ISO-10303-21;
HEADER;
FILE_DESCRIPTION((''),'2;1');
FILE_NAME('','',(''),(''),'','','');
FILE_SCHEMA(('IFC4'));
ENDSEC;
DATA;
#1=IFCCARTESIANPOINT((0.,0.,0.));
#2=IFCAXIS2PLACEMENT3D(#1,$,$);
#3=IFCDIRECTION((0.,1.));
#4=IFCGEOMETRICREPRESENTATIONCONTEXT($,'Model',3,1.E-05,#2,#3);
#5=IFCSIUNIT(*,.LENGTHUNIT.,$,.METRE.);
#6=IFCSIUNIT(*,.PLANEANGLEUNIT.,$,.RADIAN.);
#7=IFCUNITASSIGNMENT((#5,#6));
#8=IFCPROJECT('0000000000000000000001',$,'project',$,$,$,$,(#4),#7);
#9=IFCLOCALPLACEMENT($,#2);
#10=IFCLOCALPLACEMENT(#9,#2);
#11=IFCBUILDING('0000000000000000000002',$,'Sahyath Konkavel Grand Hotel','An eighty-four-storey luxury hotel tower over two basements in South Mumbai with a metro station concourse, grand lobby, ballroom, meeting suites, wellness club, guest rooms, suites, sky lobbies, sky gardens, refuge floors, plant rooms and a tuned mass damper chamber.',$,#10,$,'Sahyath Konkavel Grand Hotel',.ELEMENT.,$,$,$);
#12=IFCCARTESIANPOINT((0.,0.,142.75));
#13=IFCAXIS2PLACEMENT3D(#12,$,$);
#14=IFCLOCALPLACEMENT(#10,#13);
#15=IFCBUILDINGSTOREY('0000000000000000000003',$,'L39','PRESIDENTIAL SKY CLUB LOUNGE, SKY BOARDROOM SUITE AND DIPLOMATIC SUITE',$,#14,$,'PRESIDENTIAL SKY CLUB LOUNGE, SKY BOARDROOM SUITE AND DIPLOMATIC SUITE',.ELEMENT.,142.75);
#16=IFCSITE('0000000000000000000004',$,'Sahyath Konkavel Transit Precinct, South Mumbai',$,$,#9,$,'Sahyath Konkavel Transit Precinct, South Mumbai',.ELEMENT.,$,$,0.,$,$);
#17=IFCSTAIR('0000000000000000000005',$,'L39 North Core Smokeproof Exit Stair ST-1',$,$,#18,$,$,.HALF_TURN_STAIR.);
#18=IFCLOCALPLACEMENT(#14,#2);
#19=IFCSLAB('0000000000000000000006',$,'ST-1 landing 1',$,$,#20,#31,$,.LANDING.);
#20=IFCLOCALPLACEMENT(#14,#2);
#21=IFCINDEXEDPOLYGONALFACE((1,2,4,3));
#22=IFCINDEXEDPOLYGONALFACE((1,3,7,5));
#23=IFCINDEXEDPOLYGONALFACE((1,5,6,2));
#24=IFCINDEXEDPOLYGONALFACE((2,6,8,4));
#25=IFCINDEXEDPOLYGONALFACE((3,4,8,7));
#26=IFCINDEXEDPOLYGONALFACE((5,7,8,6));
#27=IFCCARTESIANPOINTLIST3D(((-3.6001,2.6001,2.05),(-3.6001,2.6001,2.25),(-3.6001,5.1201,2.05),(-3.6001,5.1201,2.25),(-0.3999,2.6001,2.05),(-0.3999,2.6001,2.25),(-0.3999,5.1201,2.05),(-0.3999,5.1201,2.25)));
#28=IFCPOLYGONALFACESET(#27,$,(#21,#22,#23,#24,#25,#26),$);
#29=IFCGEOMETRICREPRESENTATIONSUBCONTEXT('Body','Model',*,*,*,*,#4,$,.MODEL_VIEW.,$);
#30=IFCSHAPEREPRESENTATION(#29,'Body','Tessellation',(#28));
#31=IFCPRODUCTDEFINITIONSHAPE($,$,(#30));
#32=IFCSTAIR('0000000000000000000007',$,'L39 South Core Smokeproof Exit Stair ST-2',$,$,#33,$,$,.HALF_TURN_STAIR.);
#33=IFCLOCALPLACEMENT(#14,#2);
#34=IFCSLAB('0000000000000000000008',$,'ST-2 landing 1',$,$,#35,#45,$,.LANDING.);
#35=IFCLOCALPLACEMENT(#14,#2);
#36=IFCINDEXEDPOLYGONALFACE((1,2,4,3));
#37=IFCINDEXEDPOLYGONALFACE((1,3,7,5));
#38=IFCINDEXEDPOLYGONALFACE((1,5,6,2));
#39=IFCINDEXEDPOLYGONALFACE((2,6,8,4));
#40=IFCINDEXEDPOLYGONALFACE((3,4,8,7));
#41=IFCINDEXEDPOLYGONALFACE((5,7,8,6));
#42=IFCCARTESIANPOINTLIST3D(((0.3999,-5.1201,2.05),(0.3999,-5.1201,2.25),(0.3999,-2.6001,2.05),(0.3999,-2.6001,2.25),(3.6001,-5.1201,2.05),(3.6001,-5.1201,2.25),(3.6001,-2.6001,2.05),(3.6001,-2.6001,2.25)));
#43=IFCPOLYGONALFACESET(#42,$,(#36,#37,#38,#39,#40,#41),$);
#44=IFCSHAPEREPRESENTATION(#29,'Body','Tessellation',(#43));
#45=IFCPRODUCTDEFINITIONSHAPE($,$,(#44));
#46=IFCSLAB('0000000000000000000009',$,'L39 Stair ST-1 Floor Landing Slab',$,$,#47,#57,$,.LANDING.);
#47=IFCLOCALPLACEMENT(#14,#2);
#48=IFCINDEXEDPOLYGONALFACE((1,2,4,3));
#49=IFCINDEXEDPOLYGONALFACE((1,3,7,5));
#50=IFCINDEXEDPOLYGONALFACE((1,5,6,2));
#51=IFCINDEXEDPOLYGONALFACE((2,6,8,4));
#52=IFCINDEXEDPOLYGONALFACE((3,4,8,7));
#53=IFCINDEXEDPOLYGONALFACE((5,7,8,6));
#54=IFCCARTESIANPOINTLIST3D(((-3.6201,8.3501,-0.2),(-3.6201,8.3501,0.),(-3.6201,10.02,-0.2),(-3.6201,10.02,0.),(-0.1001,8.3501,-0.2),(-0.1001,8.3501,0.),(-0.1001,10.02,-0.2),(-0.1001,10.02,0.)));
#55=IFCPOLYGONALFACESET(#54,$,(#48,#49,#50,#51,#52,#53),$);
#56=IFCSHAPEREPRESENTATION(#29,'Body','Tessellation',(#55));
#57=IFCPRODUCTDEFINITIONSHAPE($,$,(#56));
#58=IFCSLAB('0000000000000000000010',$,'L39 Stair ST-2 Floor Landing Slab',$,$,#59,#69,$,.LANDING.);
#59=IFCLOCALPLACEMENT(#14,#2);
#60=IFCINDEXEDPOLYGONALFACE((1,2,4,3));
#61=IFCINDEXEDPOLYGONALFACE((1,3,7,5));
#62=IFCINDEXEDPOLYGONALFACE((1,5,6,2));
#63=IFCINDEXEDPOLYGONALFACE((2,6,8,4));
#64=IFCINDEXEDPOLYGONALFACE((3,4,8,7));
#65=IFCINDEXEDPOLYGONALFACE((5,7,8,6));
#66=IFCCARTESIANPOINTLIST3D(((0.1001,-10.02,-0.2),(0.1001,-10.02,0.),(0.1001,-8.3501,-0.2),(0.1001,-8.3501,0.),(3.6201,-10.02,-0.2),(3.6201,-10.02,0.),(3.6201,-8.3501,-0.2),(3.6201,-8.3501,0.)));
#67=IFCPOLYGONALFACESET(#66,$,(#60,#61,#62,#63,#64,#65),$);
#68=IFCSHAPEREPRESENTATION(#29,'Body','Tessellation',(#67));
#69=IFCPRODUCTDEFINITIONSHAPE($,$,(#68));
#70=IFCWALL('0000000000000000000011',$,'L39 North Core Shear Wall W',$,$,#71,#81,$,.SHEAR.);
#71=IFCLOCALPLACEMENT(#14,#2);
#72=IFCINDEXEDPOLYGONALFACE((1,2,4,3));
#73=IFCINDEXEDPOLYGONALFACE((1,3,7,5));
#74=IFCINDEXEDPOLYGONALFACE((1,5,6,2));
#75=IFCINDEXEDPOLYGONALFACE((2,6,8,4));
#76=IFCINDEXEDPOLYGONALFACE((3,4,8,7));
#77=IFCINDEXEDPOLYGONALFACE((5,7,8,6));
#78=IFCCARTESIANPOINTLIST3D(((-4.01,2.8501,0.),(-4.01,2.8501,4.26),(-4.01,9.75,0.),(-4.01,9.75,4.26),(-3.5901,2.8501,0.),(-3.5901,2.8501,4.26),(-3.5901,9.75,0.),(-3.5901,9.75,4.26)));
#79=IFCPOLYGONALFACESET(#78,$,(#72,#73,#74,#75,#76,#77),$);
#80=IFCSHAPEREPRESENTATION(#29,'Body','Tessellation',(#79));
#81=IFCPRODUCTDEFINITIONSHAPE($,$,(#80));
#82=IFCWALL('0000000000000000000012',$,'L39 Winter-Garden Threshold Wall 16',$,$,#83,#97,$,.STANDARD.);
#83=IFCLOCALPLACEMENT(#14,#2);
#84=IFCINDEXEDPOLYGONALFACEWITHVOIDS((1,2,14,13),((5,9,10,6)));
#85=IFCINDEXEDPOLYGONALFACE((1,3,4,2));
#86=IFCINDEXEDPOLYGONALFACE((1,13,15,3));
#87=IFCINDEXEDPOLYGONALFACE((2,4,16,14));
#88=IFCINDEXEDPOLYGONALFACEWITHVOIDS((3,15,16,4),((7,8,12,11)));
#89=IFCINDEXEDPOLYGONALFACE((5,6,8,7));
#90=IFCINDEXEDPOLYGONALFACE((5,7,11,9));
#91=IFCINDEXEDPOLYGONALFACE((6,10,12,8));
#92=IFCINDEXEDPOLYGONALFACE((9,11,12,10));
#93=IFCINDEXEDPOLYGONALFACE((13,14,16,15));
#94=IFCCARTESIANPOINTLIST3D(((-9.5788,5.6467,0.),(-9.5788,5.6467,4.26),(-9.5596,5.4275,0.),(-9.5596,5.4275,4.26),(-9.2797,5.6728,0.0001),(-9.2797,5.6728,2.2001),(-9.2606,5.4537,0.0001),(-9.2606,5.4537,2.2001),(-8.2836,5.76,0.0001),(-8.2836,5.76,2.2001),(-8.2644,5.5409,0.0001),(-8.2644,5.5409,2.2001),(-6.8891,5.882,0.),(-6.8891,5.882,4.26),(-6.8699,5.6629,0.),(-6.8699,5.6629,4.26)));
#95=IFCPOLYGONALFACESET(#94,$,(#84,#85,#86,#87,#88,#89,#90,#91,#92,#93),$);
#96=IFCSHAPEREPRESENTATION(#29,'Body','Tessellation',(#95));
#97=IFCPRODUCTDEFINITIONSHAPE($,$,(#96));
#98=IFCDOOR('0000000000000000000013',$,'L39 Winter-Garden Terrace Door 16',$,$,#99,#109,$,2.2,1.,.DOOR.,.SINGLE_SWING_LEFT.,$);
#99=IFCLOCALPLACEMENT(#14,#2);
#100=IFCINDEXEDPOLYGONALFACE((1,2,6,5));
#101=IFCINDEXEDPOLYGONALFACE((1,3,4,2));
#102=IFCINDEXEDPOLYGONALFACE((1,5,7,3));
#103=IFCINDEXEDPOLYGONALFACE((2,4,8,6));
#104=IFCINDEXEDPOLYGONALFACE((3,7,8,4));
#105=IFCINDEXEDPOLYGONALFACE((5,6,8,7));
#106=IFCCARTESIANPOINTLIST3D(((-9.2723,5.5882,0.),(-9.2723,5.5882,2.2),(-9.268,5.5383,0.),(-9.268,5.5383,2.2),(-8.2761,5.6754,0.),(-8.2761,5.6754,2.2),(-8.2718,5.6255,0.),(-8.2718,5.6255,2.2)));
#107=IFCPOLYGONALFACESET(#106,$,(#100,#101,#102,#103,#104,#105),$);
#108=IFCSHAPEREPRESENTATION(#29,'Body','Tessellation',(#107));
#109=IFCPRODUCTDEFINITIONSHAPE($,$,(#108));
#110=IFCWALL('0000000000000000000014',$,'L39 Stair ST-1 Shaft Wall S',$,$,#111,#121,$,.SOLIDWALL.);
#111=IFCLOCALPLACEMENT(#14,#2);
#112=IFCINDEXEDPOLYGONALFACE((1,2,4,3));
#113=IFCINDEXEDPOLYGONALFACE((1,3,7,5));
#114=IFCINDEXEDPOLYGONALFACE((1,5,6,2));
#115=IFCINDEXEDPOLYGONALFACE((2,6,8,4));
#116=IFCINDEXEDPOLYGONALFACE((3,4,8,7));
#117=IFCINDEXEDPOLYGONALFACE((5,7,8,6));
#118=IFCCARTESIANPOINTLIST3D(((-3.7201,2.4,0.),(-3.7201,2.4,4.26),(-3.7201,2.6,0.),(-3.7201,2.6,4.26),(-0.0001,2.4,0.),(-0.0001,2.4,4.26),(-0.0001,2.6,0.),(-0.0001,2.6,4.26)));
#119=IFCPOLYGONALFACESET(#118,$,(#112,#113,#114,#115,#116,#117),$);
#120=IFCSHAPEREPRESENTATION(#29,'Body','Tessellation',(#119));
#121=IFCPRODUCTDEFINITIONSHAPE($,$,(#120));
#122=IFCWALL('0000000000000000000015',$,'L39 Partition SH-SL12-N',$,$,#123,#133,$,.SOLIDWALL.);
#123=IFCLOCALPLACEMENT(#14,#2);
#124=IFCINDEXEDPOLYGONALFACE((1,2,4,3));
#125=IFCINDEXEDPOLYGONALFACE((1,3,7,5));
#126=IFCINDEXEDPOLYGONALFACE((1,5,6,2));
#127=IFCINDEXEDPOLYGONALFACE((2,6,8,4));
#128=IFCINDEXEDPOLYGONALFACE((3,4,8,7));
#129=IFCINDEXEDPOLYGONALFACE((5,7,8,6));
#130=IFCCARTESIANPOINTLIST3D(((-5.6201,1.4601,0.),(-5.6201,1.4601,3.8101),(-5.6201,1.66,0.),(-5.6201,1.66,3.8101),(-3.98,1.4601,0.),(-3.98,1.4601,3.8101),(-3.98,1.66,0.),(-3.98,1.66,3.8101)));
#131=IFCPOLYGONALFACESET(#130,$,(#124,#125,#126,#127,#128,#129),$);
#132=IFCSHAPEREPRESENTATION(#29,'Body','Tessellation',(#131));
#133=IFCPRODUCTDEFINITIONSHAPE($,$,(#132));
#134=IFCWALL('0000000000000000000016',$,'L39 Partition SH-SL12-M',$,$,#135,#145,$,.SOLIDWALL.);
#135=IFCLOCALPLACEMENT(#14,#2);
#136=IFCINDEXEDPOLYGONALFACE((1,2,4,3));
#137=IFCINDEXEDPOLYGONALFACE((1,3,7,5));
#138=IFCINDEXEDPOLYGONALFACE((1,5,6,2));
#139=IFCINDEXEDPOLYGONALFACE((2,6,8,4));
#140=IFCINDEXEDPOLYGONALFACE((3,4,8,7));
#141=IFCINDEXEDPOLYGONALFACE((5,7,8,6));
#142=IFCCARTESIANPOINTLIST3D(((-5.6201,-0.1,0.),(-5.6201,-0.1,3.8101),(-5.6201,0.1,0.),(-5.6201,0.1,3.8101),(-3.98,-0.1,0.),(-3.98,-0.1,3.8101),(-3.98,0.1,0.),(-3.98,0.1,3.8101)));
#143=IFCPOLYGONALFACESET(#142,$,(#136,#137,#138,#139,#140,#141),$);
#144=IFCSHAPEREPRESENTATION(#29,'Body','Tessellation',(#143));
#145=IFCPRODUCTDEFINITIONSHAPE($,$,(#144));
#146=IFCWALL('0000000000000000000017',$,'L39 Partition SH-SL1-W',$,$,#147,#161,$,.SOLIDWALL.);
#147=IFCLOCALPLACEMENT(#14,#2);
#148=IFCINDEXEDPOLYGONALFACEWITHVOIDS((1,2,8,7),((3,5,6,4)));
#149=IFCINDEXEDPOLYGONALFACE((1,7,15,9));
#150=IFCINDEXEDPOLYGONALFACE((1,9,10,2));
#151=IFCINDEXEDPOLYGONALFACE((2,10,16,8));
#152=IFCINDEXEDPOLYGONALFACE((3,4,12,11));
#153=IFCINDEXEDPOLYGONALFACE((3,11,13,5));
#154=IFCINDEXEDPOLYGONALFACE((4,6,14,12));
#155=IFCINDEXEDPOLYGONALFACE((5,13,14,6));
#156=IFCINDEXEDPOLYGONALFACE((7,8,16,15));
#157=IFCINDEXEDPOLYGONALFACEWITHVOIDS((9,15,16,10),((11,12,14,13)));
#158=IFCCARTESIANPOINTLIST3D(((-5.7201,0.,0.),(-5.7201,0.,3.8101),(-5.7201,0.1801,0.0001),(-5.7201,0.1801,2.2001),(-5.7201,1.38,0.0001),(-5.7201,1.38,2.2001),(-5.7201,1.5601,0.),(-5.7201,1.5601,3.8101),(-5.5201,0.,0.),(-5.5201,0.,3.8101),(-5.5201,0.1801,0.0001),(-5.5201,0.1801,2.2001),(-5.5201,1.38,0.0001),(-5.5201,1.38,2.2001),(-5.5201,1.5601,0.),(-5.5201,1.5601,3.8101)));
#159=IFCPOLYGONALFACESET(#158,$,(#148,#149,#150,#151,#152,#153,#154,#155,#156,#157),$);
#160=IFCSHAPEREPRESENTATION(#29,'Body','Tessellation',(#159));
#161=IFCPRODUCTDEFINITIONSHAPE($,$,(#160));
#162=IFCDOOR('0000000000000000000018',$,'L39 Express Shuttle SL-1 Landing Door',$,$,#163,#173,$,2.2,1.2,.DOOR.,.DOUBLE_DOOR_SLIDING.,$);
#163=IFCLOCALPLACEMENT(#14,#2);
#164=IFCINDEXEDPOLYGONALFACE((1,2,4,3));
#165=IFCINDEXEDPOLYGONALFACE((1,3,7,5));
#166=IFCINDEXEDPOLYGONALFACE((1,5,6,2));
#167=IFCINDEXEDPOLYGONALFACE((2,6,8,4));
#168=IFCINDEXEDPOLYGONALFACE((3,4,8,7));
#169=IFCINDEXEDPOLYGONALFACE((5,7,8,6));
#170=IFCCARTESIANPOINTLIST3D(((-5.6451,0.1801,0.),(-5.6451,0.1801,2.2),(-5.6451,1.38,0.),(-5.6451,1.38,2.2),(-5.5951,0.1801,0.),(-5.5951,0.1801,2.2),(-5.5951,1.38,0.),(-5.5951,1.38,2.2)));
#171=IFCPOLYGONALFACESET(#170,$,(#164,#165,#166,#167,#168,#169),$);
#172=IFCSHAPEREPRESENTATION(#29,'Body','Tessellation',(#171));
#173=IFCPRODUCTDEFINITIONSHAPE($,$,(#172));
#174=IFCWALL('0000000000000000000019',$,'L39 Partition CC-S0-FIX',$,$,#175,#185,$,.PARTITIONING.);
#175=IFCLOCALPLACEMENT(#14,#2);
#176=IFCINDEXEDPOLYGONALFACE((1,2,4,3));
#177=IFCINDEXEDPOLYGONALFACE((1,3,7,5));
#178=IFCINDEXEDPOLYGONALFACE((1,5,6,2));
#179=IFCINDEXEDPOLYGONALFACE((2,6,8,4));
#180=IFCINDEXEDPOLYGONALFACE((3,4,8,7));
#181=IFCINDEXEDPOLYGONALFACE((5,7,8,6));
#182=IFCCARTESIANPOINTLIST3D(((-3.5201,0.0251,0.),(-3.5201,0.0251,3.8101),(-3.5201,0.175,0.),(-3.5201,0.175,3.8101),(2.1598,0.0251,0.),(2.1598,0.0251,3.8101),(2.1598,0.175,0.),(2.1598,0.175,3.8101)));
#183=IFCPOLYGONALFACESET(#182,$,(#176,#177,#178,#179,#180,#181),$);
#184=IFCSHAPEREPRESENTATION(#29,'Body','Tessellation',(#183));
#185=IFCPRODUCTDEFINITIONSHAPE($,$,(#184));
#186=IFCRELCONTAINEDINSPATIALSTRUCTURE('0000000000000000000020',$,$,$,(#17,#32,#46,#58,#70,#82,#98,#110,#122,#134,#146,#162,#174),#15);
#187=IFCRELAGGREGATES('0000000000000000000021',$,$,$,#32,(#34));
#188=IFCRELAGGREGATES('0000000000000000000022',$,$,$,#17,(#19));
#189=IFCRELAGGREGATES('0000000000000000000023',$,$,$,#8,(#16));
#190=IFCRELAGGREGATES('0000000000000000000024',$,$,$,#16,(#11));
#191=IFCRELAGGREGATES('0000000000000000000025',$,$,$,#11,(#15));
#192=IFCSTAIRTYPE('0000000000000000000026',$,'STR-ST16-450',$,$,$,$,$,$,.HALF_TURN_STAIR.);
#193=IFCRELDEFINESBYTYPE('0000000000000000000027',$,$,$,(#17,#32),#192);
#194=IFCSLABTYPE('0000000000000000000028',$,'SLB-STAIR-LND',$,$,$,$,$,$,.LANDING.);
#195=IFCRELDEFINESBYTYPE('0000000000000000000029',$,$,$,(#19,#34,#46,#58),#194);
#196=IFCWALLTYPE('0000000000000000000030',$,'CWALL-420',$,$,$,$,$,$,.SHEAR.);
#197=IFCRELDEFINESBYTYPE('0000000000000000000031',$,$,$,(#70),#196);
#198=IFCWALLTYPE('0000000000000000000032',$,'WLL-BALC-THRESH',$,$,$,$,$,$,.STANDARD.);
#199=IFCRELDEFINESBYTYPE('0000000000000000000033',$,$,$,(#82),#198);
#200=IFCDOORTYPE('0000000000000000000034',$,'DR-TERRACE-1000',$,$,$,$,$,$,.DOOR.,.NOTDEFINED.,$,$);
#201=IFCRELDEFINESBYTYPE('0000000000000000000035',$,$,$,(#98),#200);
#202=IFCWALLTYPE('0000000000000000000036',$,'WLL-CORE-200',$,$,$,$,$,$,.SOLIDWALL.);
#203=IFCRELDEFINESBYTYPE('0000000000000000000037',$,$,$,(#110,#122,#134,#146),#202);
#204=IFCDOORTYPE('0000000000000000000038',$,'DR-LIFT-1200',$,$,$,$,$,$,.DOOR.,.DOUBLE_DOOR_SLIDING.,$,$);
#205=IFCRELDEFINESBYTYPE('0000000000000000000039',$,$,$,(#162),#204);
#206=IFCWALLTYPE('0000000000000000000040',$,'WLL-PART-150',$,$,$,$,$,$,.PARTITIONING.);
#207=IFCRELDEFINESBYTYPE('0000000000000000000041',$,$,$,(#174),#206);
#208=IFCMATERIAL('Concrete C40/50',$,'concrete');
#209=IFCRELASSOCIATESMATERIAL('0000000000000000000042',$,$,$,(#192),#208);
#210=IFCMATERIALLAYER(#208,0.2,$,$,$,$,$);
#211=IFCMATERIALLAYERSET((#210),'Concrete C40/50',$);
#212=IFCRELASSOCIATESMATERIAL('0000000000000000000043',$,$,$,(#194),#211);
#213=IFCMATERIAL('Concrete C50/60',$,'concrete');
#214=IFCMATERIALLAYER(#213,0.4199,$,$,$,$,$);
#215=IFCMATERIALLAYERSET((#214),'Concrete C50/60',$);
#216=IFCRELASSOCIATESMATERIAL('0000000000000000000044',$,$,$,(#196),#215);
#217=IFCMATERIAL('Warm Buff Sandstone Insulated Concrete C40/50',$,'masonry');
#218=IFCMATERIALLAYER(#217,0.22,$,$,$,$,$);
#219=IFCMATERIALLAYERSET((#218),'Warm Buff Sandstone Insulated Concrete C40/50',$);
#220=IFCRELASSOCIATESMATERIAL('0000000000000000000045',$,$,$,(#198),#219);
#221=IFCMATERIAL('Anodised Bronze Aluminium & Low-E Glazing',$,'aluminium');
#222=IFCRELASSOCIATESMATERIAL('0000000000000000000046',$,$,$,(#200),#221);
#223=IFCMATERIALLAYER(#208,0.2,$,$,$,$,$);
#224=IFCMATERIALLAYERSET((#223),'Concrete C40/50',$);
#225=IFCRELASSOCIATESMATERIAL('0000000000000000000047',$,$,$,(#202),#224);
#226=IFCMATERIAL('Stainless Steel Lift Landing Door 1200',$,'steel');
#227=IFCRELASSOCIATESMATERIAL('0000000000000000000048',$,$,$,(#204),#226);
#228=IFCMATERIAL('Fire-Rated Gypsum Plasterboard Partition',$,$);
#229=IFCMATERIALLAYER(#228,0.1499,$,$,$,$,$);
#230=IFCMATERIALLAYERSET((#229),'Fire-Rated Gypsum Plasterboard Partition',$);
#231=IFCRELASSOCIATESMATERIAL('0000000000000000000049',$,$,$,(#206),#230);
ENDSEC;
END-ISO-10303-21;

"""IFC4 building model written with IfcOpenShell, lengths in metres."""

from ifc_helpers import new_model, si_unit, direction, frame, frame_2d, origin, origin_2d, place, context, subcontext, project, spatial, polyline, rectangle, outline, extrude, source, transform, mapped, material, layer, layer_set, type_object, element, fill, aggregate, save


model = new_model("IFC4")

# Units and contexts
model_context = context("Model", 3, precision=1e-05, world=origin(), true_north=direction((0.0, 1.0)))
body_context = subcontext(model_context, "Body", "Model", "MODEL_VIEW")
ifc_project = project(units=[si_unit("LENGTHUNIT", "METRE"), si_unit("PLANEANGLEUNIT", "RADIAN")], contexts=[model_context])

# Site, building, storey
site_placement = place(None, origin())
site = spatial("IfcSite", under=ifc_project, at=site_placement, Name="Sahyath Konkavel Transit Precinct, South Mumbai", LongName="Sahyath Konkavel Transit Precinct, South Mumbai", CompositionType="ELEMENT", RefElevation=0.0)
building_placement = place(site_placement, origin())
building = spatial("IfcBuilding", under=site, at=building_placement, Name="Sahyath Konkavel Grand Hotel", Description="An eighty-four-storey luxury hotel tower over two basements in South Mumbai with a metro station concourse, grand lobby, ballroom, meeting suites, wellness club, guest rooms, suites, sky lobbies, sky gardens, refuge floors, plant rooms and a tuned mass damper chamber.", LongName="Sahyath Konkavel Grand Hotel", CompositionType="ELEMENT")
storey_placement = place(building_placement, frame((0.0, 0.0, 142.75)))
storey = spatial("IfcBuildingStorey", under=building, at=storey_placement, Name="L39", Description="PRESIDENTIAL SKY CLUB LOUNGE, SKY BOARDROOM SUITE AND DIPLOMATIC SUITE", LongName="PRESIDENTIAL SKY CLUB LOUNGE, SKY BOARDROOM SUITE AND DIPLOMATIC SUITE", CompositionType="ELEMENT", Elevation=142.75)

# Shared definitions
ifc_material_1 = material(Name="Concrete C50/60", Category="concrete")

# Shared definitions
ifc_material_2 = material(Name="Concrete C40/50", Category="concrete")

# Stairs, slabs
stair_type = type_object("IfcStairType", Name="STR-ST16-450", PredefinedType="HALF_TURN_STAIR", material=ifc_material_2)
stair_1_placement = place(storey_placement, origin())
stair_1 = element("IfcStair", 1, at=stair_1_placement, inside=storey, type_object=stair_type, Name="L39 North Core Smokeproof Exit Stair ST-1", PredefinedType="HALF_TURN_STAIR")
ifc_layer_1 = layer(ifc_material_2, 0.2)
ifc_layer_set_1 = layer_set([ifc_layer_1], Name="Concrete C40/50")
slab_type_1 = type_object("IfcSlabType", Name="SLB-STAIR-LND", PredefinedType="LANDING", material=ifc_layer_set_1)
slab_1_placement = place(storey_placement, frame((0.0, 0.0, 2.05)))
slab_1 = element("IfcSlab", 2, at=slab_1_placement, type_object=slab_type_1, Name="ST-1 landing 1", PredefinedType="LANDING", context=body_context, shape_type="SweptSolid", body=[
    extrude(outline(polyline([(-3.6001, 5.1201), (-3.6001, 2.6001), (-0.3999, 2.6001), (-0.3999, 5.1201), (-3.6001, 5.1201)])), origin(), (0.0, 0.0, 1.0), 0.2),
])
stair_2_placement = place(storey_placement, origin())
stair_2 = element("IfcStair", 3, at=stair_2_placement, inside=storey, type_object=stair_type, Name="L39 South Core Smokeproof Exit Stair ST-2", PredefinedType="HALF_TURN_STAIR")
slab_2_placement = place(storey_placement, frame((0.0, 0.0, 2.05)))
slab_2 = element("IfcSlab", 4, at=slab_2_placement, type_object=slab_type_1, Name="ST-2 landing 1", PredefinedType="LANDING", context=body_context, shape_type="SweptSolid", body=[
    extrude(outline(polyline([(3.6001, -5.1201), (3.6001, -2.6001), (0.3999, -2.6001), (0.3999, -5.1201), (3.6001, -5.1201)])), origin(), (0.0, 0.0, 1.0), 0.2),
])
aggregate(stair_2, [slab_2])

# Slabs
slab_3_placement = place(storey_placement, frame((0.0, 0.0, -0.2)))
element("IfcSlab", 5, at=slab_3_placement, inside=storey, type_object=slab_type_1, Name="L39 Stair ST-1 Floor Landing Slab", PredefinedType="LANDING", context=body_context, shape_type="SweptSolid", body=[
    extrude(outline(polyline([(-3.6201, 8.3501), (-0.1001, 8.3501), (-0.1001, 10.02), (-3.6201, 10.02), (-3.6201, 8.3501)])), origin(), (0.0, 0.0, 1.0), 0.2),
])
slab_4_placement = place(storey_placement, frame((0.0, 0.0, -0.2)))
element("IfcSlab", 6, at=slab_4_placement, inside=storey, type_object=slab_type_1, Name="L39 Stair ST-2 Floor Landing Slab", PredefinedType="LANDING", context=body_context, shape_type="SweptSolid", body=[
    extrude(outline(polyline([(0.1001, -10.02), (3.6201, -10.02), (3.6201, -8.3501), (0.1001, -8.3501), (0.1001, -10.02)])), origin(), (0.0, 0.0, 1.0), 0.2),
])

# Wall
ifc_layer_2 = layer(ifc_material_1, 0.4199)
ifc_layer_set_2 = layer_set([ifc_layer_2], Name="Concrete C50/60")
wall_type_1 = type_object("IfcWallType", Name="CWALL-420", PredefinedType="SHEAR", material=ifc_layer_set_2)
wall_1_placement = place(storey_placement, frame((-3.8, 2.8501, 0.0), z_axis=(0.0, 0.0, 1.0), x_axis=(0.0, 1.0, 0.0)))
element("IfcWall", 7, at=wall_1_placement, inside=storey, type_object=wall_type_1, Name="L39 North Core Shear Wall W", PredefinedType="SHEAR", context=body_context, shape_type="SweptSolid", body=[
    extrude(rectangle(XDim=6.8999, YDim=0.4199, at=frame_2d((3.45, 0.0))), origin(), (0.0, 0.0, 1.0), 4.26),
])

# Wall, opening, door
ifc_material_3 = material(Name="Warm Buff Sandstone Insulated Concrete C40/50", Category="masonry")
ifc_layer_3 = layer(ifc_material_3, 0.22)
ifc_layer_set_3 = layer_set([ifc_layer_3], Name="Warm Buff Sandstone Insulated Concrete C40/50")
wall_type_2 = type_object("IfcWallType", Name="WLL-BALC-THRESH", PredefinedType="STANDARD", material=ifc_layer_set_3)
wall_2_placement = place(storey_placement, frame((-6.8794, 5.7725, 0.0), z_axis=(0.0, 0.0, 1.0), x_axis=(-0.996194, -0.087168, 0.0)))
wall_2 = element("IfcWall", 8, at=wall_2_placement, inside=storey, type_object=wall_type_2, Name="L39 Winter-Garden Threshold Wall 16", PredefinedType="STANDARD", context=body_context, shape_type="SweptSolid", body=[
    extrude(rectangle(XDim=2.7, YDim=0.22, at=frame_2d((1.3501, 0.0))), origin(), (0.0, 0.0, 1.0), 4.26),
])
opening_1_placement = place(wall_2_placement, frame((1.3999, 0.0, 0.0)))
opening_1 = element("IfcOpeningElement", 9, at=opening_1_placement, cuts=wall_2, PredefinedType="OPENING", context=body_context, shape_type="SweptSolid", body=[
    extrude(rectangle(XDim=1.0, YDim=2.2, at=frame_2d((0.5, 1.1001))), frame((0.0, 0.1201, 0.0), z_axis=(0.0, -1.0, 0.0), x_axis=(1.0, 0.0, 0.0)), (0.0, 0.0, 1.0), 0.24),
])
ifc_material_4 = material(Name="Anodised Bronze Aluminium & Low-E Glazing", Category="aluminium")
door_type_1 = type_object("IfcDoorType", Name="DR-TERRACE-1000", OperationType="NOTDEFINED", PredefinedType="DOOR", material=ifc_material_4)
shared_shape_1 = source(origin(), body_context, "Body", "SweptSolid", [
    extrude(rectangle(XDim=1.0, YDim=0.05, at=origin_2d()), origin(), (0.0, 0.0, 1.0), 2.2),
])
door_1_placement = place(opening_1_placement, frame((0.5, 0.0, 0.0)))
door_1 = element("IfcDoor", 10, at=door_1_placement, inside=storey, type_object=door_type_1, Name="L39 Winter-Garden Terrace Door 16", OperationType="SINGLE_SWING_LEFT", OverallHeight=2.2, OverallWidth=1.0, PredefinedType="DOOR", context=body_context, shape_type="MappedRepresentation", body=[
    mapped(shared_shape_1, transform((0.0, 0.0, 0.0), scale=1.0)),
])
fill(opening_1, door_1)

# Walls
ifc_layer_4 = layer(ifc_material_2, 0.2)
ifc_layer_set_4 = layer_set([ifc_layer_4], Name="Concrete C40/50")
wall_type_3 = type_object("IfcWallType", Name="WLL-CORE-200", PredefinedType="SOLIDWALL", material=ifc_layer_set_4)
wall_3_placement = place(storey_placement, frame((-3.72, 2.5, 0.0), z_axis=(0.0, 0.0, 1.0), x_axis=(1.0, 0.0, 0.0)))
element("IfcWall", 11, at=wall_3_placement, inside=storey, type_object=wall_type_3, Name="L39 Stair ST-1 Shaft Wall S", PredefinedType="SOLIDWALL", context=body_context, shape_type="SweptSolid", body=[
    extrude(rectangle(XDim=3.72, YDim=0.2, at=frame_2d((1.8599, 0.0))), origin(), (0.0, 0.0, 1.0), 4.26),
])
for number, where, z_axis, x_axis, name in (
    (12, (-5.6201, 1.5601, 0.0), (0.0, 0.0, 1.0), (1.0, 0.0, 0.0), "L39 Partition SH-SL12-N"),
    (13, (-5.6201, 0.0, 0.0), (0.0, 0.0, 1.0), (1.0, 0.0, 0.0), "L39 Partition SH-SL12-M"),
):
    element("IfcWall", number, at=place(storey_placement, frame(where, z_axis=z_axis, x_axis=x_axis)), inside=storey, type_object=wall_type_3, Name=name, PredefinedType="SOLIDWALL", context=body_context, shape_type="SweptSolid", body=[
        extrude(rectangle(XDim=1.6401, YDim=0.2, at=frame_2d((0.8201, 0.0))), origin(), (0.0, 0.0, 1.0), 3.8101),
    ])

# Wall, opening, door
wall_4_placement = place(storey_placement, frame((-5.6201, 0.0, 0.0), z_axis=(0.0, 0.0, 1.0), x_axis=(0.0, 1.0, 0.0)))
wall_4 = element("IfcWall", 14, at=wall_4_placement, inside=storey, type_object=wall_type_3, Name="L39 Partition SH-SL1-W", PredefinedType="SOLIDWALL", context=body_context, shape_type="SweptSolid", body=[
    extrude(rectangle(XDim=1.5601, YDim=0.2, at=frame_2d((0.78, 0.0))), origin(), (0.0, 0.0, 1.0), 3.8101),
])
opening_2_placement = place(wall_4_placement, frame((0.1799, 0.0, 0.0)))
opening_2 = element("IfcOpeningElement", 15, at=opening_2_placement, cuts=wall_4, PredefinedType="OPENING", context=body_context, shape_type="SweptSolid", body=[
    extrude(rectangle(XDim=1.2, YDim=2.2, at=frame_2d((0.6001, 1.1001))), frame((0.0, 0.1099, 0.0), z_axis=(0.0, -1.0, 0.0), x_axis=(1.0, 0.0, 0.0)), (0.0, 0.0, 1.0), 0.22),
])
ifc_material_5 = material(Name="Stainless Steel Lift Landing Door 1200", Category="steel")
door_type_2 = type_object("IfcDoorType", Name="DR-LIFT-1200", OperationType="DOUBLE_DOOR_SLIDING", PredefinedType="DOOR", material=ifc_material_5)
shared_shape_2 = source(origin(), body_context, "Body", "SweptSolid", [
    extrude(rectangle(XDim=1.2, YDim=0.05, at=origin_2d()), origin(), (0.0, 0.0, 1.0), 2.2),
])
door_2_placement = place(opening_2_placement, frame((0.6001, 0.0, 0.0)))
door_2 = element("IfcDoor", 16, at=door_2_placement, inside=storey, type_object=door_type_2, Name="L39 Express Shuttle SL-1 Landing Door", OperationType="DOUBLE_DOOR_SLIDING", OverallHeight=2.2, OverallWidth=1.2, PredefinedType="DOOR", context=body_context, shape_type="MappedRepresentation", body=[
    mapped(shared_shape_2, transform((0.0, 0.0, 0.0), scale=1.0)),
])
fill(opening_2, door_2)

# Wall
ifc_material_6 = material(Name="Fire-Rated Gypsum Plasterboard Partition")
ifc_layer_5 = layer(ifc_material_6, 0.1499)
ifc_layer_set_5 = layer_set([ifc_layer_5], Name="Fire-Rated Gypsum Plasterboard Partition")
wall_type_4 = type_object("IfcWallType", Name="WLL-PART-150", PredefinedType="PARTITIONING", material=ifc_layer_set_5)
wall_5_placement = place(storey_placement, frame((-3.52, 0.1001, 0.0), z_axis=(0.0, 0.0, 1.0), x_axis=(1.0, 0.0, 0.0)))
element("IfcWall", 17, at=wall_5_placement, inside=storey, type_object=wall_type_4, Name="L39 Partition CC-S0-FIX", PredefinedType="PARTITIONING", context=body_context, shape_type="SweptSolid", body=[
    extrude(rectangle(XDim=5.6799, YDim=0.1499, at=frame_2d((2.8398, 0.0))), origin(), (0.0, 0.0, 1.0), 3.8101),
])

aggregate(stair_1, [slab_1])

save(model, "model.ifc")
